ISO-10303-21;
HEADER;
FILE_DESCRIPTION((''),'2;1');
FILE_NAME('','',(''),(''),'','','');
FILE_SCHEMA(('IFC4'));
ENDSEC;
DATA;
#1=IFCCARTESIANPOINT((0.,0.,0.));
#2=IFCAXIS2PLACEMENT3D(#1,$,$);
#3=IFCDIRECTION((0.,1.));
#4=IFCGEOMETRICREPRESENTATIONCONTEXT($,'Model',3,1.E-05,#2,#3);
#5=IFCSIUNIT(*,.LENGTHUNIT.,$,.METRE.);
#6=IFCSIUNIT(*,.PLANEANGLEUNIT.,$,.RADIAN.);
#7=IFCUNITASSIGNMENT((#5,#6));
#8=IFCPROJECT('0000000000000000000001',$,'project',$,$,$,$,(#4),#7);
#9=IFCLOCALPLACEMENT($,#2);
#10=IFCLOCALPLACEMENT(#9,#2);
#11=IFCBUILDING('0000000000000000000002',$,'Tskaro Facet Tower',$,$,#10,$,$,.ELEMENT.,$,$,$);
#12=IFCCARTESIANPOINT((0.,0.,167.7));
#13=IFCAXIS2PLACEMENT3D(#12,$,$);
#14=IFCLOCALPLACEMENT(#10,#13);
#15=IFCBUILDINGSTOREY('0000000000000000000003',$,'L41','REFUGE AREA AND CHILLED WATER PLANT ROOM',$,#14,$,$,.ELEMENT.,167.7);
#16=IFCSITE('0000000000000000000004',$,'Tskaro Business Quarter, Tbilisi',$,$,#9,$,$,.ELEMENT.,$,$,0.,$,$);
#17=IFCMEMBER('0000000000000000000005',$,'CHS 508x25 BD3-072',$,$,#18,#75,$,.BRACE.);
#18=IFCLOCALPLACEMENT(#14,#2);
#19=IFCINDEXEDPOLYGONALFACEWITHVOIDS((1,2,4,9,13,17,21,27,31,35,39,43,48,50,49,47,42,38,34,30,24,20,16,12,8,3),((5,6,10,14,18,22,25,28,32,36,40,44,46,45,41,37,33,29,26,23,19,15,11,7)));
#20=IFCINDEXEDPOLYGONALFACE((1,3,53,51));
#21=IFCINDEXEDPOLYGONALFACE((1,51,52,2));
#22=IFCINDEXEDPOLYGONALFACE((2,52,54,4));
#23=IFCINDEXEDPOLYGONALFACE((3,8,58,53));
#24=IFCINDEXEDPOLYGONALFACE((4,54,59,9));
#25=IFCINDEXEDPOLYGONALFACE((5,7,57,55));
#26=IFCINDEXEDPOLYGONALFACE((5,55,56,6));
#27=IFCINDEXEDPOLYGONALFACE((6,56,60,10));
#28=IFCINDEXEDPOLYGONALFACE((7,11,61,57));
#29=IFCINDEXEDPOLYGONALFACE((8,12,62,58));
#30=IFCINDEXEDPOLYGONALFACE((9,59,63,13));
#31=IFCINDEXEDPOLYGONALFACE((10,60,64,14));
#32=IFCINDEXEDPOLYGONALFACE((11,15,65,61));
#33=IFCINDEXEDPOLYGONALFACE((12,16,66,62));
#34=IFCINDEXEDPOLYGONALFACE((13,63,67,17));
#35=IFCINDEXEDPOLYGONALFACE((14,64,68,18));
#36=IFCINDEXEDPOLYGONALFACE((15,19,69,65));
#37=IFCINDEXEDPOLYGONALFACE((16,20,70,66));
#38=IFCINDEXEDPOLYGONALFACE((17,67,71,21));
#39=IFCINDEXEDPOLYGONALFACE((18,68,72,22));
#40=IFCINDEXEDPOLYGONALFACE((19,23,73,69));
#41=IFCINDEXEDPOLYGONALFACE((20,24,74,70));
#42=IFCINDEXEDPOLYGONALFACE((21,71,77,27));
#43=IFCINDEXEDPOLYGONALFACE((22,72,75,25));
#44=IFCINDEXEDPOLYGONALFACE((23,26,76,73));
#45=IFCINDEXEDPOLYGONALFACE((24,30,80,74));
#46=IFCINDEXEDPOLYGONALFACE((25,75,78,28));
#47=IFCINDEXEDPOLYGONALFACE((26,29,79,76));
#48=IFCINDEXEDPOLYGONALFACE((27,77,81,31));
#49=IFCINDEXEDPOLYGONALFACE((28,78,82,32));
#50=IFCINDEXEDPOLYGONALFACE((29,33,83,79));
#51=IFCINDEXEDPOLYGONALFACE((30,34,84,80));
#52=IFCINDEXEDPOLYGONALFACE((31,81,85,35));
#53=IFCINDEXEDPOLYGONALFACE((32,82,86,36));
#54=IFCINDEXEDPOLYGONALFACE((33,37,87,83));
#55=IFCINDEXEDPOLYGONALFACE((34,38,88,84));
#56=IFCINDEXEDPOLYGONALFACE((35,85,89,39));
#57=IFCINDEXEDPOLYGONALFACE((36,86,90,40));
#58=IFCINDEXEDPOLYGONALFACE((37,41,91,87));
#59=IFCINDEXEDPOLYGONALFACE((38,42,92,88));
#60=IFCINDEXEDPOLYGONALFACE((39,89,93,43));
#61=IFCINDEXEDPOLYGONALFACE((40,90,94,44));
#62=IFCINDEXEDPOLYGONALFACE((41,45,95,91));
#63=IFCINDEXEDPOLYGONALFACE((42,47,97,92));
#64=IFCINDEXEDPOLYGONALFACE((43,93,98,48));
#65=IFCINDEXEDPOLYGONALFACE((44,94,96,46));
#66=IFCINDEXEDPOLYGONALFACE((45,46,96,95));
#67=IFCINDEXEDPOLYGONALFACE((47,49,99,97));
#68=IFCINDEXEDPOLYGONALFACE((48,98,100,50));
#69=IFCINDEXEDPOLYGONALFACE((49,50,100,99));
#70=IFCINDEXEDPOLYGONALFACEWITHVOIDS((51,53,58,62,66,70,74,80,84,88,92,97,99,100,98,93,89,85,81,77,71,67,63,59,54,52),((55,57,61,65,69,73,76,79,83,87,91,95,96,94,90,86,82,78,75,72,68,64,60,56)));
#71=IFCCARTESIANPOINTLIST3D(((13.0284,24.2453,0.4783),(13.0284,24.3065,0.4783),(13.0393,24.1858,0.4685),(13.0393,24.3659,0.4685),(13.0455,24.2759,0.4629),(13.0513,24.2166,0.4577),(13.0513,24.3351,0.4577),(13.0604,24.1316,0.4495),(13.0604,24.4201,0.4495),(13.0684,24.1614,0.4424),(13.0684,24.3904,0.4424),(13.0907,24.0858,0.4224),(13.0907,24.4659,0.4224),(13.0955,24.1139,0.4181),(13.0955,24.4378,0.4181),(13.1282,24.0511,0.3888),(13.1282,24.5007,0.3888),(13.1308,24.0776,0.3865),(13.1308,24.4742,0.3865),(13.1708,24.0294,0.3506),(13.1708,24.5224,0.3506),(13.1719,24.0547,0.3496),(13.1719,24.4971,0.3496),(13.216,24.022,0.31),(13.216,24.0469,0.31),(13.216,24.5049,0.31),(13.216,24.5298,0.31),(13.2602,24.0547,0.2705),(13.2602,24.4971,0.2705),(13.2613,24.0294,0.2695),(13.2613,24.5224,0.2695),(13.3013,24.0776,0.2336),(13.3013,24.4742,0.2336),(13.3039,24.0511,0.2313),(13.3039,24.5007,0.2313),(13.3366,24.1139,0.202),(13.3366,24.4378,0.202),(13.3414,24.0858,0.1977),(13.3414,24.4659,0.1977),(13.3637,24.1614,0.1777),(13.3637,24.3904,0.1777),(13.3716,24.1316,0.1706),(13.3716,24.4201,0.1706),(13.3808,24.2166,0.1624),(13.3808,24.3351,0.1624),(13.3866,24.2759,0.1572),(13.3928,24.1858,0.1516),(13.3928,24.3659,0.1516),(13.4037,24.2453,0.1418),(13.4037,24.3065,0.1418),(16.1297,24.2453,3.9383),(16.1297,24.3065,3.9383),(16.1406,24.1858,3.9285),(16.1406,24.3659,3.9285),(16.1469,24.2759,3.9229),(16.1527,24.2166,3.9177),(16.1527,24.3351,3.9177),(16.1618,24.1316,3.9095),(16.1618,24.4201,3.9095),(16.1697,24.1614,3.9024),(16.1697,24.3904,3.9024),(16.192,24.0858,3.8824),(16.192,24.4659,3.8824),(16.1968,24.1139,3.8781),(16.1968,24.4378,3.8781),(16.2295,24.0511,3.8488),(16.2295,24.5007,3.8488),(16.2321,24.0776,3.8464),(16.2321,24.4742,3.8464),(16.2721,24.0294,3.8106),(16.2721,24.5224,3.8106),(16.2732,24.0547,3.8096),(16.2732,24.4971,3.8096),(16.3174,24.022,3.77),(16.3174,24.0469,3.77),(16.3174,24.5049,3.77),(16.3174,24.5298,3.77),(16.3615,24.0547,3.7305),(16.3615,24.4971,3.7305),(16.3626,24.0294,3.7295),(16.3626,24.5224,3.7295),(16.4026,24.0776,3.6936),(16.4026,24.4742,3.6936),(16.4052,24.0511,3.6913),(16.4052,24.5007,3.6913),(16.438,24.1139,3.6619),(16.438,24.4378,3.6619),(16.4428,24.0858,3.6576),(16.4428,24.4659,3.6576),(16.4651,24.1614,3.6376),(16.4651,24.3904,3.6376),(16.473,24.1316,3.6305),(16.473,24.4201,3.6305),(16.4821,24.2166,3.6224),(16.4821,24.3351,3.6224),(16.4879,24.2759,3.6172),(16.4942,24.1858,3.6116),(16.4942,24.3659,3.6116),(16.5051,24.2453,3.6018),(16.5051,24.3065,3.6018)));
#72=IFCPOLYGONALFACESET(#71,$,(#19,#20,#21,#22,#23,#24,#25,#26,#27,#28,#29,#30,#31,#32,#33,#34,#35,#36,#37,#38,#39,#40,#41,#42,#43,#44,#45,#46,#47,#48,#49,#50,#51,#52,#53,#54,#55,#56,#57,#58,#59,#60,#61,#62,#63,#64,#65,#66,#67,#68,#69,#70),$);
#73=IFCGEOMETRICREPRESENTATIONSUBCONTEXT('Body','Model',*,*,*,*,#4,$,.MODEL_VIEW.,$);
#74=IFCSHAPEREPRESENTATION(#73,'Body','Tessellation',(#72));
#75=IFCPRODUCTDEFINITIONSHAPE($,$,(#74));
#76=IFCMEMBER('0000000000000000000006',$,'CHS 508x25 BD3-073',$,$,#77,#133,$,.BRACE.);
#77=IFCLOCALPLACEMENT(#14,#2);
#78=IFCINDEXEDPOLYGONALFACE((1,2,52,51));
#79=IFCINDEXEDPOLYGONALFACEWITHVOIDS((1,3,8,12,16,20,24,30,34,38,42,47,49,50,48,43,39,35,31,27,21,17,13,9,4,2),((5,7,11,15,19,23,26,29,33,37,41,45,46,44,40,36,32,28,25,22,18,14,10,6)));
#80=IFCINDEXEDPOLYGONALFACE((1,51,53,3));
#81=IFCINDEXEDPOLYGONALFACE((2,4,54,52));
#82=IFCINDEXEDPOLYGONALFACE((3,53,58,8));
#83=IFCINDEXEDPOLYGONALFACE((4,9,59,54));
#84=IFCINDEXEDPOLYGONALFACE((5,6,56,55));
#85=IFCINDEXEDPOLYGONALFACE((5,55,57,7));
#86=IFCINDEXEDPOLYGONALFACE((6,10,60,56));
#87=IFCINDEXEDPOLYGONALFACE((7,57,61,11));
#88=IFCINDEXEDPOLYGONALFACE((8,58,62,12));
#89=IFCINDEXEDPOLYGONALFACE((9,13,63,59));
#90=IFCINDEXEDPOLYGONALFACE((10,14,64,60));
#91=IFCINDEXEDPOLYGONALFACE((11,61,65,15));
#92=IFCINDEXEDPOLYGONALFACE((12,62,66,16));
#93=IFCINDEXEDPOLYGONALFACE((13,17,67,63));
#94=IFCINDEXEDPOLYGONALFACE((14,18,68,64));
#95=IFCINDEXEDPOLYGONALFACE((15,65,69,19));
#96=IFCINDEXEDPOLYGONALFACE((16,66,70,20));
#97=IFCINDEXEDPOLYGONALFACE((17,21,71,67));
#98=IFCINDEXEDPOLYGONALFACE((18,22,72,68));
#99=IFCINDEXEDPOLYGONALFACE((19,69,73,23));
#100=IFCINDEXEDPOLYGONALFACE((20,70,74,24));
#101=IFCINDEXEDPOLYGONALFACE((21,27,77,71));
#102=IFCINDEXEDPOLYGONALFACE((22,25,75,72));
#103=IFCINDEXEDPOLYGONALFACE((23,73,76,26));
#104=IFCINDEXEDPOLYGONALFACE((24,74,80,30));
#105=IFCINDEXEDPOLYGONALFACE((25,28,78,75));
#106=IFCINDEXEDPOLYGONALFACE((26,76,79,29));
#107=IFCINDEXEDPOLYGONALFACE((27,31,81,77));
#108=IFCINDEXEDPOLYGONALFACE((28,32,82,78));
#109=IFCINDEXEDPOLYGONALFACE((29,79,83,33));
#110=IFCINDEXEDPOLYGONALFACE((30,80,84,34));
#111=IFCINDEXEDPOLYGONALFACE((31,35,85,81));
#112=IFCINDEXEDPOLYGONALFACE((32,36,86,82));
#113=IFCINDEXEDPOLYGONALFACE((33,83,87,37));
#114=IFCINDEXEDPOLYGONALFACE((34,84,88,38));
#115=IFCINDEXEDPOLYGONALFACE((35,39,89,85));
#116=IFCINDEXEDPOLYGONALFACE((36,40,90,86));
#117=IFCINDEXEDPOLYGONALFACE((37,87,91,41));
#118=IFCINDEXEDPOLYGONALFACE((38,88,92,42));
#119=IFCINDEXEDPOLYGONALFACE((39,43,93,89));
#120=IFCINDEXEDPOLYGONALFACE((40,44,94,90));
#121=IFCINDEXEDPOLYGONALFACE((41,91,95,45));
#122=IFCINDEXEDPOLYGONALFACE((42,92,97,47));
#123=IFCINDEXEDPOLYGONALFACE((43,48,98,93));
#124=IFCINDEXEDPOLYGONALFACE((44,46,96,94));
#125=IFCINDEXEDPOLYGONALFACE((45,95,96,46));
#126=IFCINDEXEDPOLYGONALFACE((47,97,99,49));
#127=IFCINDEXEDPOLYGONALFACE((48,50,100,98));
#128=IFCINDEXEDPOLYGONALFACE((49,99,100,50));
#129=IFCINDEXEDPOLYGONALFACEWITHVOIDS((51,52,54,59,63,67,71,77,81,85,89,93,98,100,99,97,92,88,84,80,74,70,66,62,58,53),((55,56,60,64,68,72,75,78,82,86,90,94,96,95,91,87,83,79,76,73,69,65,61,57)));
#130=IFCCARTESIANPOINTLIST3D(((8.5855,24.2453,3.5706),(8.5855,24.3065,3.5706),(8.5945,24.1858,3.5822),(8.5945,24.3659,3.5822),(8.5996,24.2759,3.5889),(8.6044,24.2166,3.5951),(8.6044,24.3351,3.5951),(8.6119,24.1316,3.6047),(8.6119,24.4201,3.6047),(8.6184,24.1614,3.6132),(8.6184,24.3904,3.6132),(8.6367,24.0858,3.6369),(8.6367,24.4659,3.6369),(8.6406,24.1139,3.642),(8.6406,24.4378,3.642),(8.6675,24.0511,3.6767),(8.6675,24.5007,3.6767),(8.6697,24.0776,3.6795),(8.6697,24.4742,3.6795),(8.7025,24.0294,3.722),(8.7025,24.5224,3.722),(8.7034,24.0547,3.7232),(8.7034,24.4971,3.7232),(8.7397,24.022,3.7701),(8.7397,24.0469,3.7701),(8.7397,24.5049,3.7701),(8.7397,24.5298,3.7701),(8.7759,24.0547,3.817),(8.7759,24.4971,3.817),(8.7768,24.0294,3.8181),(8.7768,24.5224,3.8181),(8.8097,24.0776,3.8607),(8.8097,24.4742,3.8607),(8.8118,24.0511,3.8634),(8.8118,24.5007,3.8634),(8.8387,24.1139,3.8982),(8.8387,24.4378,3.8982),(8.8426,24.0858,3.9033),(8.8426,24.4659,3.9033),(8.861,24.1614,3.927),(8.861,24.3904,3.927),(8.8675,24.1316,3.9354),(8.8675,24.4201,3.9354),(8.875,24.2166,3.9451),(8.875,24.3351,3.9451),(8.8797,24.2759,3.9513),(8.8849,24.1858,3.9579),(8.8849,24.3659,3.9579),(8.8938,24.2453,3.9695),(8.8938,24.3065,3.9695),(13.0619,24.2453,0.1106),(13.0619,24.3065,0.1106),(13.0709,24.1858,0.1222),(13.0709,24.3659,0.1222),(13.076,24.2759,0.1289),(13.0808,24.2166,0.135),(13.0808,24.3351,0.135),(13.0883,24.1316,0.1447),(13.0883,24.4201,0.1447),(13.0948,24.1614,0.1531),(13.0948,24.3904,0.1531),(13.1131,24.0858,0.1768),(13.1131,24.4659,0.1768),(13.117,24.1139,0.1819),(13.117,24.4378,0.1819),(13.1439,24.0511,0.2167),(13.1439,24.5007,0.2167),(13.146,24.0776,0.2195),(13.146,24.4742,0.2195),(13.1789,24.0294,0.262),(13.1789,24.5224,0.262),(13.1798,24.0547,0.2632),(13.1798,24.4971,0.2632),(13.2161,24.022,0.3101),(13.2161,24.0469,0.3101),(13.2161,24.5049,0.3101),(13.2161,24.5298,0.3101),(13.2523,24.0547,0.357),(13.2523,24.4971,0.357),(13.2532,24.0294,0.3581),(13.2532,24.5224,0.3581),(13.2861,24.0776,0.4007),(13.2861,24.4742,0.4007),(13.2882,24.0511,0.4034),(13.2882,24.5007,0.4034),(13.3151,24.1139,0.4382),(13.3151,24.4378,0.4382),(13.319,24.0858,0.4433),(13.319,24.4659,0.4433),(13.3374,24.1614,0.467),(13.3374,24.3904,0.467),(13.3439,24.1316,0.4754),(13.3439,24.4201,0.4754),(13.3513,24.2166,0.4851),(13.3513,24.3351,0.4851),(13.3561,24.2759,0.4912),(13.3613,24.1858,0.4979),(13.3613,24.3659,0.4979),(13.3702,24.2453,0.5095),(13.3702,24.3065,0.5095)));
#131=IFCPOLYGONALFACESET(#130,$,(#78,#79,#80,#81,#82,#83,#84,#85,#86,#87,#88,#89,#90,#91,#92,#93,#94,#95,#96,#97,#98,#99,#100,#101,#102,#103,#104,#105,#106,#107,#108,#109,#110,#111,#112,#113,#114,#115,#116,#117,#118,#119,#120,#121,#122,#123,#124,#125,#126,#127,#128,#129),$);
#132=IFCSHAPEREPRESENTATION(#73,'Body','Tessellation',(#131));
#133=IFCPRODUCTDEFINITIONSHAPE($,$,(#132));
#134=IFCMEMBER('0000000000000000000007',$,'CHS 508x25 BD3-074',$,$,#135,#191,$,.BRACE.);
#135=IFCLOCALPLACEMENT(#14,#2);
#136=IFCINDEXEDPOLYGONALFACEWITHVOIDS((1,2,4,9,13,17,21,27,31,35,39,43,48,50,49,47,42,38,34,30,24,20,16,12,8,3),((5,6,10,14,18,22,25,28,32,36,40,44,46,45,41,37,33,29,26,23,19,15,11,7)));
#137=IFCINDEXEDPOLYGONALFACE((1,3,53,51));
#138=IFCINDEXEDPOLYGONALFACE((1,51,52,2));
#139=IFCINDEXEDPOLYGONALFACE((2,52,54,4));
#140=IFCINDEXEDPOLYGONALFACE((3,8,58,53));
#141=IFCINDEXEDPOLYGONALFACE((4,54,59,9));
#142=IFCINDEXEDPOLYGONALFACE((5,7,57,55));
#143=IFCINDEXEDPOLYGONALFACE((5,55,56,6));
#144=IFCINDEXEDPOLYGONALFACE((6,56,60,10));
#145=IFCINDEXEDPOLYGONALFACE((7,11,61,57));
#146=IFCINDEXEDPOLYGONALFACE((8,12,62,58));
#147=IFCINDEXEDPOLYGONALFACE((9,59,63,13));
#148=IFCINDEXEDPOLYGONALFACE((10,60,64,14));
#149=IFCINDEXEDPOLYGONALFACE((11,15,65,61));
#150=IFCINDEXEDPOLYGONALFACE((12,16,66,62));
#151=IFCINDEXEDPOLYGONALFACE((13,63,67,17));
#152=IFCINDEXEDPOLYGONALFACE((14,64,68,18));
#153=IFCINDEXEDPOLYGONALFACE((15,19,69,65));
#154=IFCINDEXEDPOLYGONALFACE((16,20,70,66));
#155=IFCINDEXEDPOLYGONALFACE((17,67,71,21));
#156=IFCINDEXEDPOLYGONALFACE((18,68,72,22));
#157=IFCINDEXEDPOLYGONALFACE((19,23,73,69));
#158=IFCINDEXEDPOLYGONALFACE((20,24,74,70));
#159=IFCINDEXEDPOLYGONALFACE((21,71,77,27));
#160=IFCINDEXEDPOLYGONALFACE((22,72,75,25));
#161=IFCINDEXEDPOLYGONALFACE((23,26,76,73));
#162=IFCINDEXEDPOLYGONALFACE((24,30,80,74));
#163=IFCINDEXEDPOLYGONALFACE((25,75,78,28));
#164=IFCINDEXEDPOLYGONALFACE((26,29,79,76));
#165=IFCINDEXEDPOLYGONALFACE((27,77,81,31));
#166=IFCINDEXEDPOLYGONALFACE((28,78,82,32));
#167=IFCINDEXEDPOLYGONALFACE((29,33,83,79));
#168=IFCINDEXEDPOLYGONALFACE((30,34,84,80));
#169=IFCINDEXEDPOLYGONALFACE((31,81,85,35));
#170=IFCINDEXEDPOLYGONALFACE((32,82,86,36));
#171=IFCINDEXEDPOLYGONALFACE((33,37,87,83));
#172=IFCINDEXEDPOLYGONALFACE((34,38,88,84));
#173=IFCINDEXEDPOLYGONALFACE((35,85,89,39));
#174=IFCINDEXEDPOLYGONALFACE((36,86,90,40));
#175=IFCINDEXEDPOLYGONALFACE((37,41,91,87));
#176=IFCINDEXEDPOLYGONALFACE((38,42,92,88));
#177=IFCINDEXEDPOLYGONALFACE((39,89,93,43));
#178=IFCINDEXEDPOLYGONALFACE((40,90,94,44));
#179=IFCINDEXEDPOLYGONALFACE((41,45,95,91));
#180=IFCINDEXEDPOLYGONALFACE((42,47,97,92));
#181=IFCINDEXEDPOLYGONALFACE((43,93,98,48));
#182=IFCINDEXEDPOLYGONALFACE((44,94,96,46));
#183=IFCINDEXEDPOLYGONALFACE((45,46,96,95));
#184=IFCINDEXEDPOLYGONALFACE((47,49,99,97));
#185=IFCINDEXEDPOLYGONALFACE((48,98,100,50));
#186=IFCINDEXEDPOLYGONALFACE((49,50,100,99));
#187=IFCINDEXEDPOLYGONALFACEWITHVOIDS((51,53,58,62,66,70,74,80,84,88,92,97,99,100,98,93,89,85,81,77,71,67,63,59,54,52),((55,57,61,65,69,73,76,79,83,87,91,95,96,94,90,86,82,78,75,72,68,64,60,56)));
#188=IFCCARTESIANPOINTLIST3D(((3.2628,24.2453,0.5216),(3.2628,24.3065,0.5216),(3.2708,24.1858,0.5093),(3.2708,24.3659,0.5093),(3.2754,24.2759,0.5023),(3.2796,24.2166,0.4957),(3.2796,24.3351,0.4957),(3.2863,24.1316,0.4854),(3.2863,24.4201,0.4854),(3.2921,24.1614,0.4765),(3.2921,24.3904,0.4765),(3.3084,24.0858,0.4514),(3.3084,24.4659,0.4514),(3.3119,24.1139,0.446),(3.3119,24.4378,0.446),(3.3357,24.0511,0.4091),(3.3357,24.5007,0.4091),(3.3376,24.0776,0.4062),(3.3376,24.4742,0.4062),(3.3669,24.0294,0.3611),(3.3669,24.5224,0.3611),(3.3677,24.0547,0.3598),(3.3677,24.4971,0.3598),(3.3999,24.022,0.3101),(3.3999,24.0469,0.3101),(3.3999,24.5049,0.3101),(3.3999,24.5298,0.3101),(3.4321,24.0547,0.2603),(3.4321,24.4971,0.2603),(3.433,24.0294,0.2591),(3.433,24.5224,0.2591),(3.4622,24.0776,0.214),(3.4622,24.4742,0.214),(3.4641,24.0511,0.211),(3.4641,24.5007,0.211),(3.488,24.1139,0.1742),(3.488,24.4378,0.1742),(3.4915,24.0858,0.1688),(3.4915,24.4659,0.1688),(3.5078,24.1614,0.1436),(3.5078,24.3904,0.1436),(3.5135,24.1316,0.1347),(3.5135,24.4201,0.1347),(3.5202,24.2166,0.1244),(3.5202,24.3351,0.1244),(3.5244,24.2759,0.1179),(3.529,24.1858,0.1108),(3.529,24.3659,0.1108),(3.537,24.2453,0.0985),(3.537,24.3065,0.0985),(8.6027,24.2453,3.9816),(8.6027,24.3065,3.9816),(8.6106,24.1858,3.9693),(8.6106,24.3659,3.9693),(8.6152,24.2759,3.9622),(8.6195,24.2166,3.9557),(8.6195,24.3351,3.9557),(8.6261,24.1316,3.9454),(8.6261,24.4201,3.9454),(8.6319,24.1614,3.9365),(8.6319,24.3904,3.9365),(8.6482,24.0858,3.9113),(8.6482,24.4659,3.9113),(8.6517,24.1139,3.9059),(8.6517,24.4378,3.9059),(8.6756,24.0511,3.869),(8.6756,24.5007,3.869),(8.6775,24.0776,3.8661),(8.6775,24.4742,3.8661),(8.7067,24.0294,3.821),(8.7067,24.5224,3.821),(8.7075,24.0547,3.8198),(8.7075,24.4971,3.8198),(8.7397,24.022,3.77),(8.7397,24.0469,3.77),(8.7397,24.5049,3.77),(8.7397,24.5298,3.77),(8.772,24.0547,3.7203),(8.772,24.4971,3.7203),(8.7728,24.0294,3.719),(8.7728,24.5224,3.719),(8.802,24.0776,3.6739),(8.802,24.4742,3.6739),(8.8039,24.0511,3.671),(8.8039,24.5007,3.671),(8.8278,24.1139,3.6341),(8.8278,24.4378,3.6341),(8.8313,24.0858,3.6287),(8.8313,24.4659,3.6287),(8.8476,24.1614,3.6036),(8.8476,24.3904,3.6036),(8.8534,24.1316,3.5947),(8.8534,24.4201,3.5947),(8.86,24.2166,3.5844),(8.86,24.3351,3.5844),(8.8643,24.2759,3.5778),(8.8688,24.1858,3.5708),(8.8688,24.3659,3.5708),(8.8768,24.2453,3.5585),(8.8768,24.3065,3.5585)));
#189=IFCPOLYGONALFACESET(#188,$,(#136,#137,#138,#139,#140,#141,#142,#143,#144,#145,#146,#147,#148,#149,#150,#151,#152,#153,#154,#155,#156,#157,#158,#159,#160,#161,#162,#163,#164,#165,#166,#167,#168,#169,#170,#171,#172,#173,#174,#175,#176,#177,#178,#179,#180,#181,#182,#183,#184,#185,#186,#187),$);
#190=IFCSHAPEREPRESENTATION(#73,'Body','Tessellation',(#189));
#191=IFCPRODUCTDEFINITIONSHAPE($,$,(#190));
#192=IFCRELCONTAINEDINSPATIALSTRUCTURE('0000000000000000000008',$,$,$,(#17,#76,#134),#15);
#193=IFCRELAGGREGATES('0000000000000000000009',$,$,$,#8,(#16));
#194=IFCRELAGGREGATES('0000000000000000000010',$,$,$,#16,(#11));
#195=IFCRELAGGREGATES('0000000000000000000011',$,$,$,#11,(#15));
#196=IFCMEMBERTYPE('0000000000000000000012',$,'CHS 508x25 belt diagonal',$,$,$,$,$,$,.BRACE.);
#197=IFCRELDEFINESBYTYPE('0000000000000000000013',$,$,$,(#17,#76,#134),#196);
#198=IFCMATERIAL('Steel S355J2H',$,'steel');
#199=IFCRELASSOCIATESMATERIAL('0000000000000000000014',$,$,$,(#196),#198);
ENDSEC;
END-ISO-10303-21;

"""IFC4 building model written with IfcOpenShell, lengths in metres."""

from ifc_helpers import new_model, si_unit, direction, frame, origin, origin_2d, place, context, subcontext, project, spatial, hollow_circle, extrude, material, material_profile, profile_set, type_object, element, save


model = new_model("IFC4")

# Units and contexts
model_context = context("Model", 3, precision=1e-05, world=origin(), true_north=direction((0.0, 1.0)))
body_context = subcontext(model_context, "Body", "Model", "MODEL_VIEW")
ifc_project = project(units=[si_unit("LENGTHUNIT", "METRE"), si_unit("PLANEANGLEUNIT", "RADIAN")], contexts=[model_context])

# Site, building, storey
site_placement = place(None, origin())
site = spatial("IfcSite", under=ifc_project, at=site_placement, Name="Tskaro Business Quarter, Tbilisi", CompositionType="ELEMENT", RefElevation=0.0)
building_placement = place(site_placement, origin())
building = spatial("IfcBuilding", under=site, at=building_placement, Name="Tskaro Facet Tower", CompositionType="ELEMENT")
storey_placement = place(building_placement, frame((0.0, 0.0, 167.7)))
storey = spatial("IfcBuildingStorey", under=building, at=storey_placement, Name="L41", Description="REFUGE AREA AND CHILLED WATER PLANT ROOM", CompositionType="ELEMENT", Elevation=167.7)

# Shared definitions
ifc_material_1 = material(Name="Steel S355J2H", Category="steel")

# Members
ifc_material_profile_1 = material_profile(ifc_material_1, hollow_circle(Radius=0.2539, WallThickness=0.0249, at=origin_2d()), Name="CHS 508x25")
ifc_profile_set_1 = profile_set([ifc_material_profile_1], Name="Steel S355J2H")
member_type_1 = type_object("IfcMemberType", Name="CHS 508x25 belt diagonal", PredefinedType="BRACE", material=ifc_profile_set_1)
member_1_placement = place(storey_placement, frame((16.3174, 24.2759, 3.77), z_axis=(-0.66746, 0.0, -0.744646), x_axis=(0.0, -1.0, 0.0)))
element("IfcMember", 1, at=member_1_placement, inside=storey, type_object=member_type_1, Name="CHS 508x25 BD3-072", PredefinedType="BRACE", context=body_context, shape_type="SweptSolid", body=[
    extrude(hollow_circle(Radius=0.2539, WallThickness=0.0249, at=origin_2d()), origin(), (0.0, 0.0, 1.0), 4.6465),
])
member_2_placement = place(storey_placement, frame((13.2161, 24.2759, 0.3101), z_axis=(-0.791201, 0.0, 0.611557), x_axis=(0.0, -1.0, 0.0)))
element("IfcMember", 2, at=member_2_placement, inside=storey, type_object=member_type_1, Name="CHS 508x25 BD3-073", PredefinedType="BRACE", context=body_context, shape_type="SweptSolid", body=[
    extrude(hollow_circle(Radius=0.2539, WallThickness=0.0249, at=origin_2d()), origin(), (0.0, 0.0, 1.0), 5.6577),
])
member_3_placement = place(storey_placement, frame((8.7397, 24.2759, 3.77), z_axis=(-0.839228, 0.0, -0.543779), x_axis=(0.0, -1.0, 0.0)))
element("IfcMember", 3, at=member_3_placement, inside=storey, type_object=member_type_1, Name="CHS 508x25 BD3-074", PredefinedType="BRACE", context=body_context, shape_type="SweptSolid", body=[
    extrude(hollow_circle(Radius=0.2539, WallThickness=0.0249, at=origin_2d()), origin(), (0.0, 0.0, 1.0), 6.3628),
])

save(model, "model.ifc")
